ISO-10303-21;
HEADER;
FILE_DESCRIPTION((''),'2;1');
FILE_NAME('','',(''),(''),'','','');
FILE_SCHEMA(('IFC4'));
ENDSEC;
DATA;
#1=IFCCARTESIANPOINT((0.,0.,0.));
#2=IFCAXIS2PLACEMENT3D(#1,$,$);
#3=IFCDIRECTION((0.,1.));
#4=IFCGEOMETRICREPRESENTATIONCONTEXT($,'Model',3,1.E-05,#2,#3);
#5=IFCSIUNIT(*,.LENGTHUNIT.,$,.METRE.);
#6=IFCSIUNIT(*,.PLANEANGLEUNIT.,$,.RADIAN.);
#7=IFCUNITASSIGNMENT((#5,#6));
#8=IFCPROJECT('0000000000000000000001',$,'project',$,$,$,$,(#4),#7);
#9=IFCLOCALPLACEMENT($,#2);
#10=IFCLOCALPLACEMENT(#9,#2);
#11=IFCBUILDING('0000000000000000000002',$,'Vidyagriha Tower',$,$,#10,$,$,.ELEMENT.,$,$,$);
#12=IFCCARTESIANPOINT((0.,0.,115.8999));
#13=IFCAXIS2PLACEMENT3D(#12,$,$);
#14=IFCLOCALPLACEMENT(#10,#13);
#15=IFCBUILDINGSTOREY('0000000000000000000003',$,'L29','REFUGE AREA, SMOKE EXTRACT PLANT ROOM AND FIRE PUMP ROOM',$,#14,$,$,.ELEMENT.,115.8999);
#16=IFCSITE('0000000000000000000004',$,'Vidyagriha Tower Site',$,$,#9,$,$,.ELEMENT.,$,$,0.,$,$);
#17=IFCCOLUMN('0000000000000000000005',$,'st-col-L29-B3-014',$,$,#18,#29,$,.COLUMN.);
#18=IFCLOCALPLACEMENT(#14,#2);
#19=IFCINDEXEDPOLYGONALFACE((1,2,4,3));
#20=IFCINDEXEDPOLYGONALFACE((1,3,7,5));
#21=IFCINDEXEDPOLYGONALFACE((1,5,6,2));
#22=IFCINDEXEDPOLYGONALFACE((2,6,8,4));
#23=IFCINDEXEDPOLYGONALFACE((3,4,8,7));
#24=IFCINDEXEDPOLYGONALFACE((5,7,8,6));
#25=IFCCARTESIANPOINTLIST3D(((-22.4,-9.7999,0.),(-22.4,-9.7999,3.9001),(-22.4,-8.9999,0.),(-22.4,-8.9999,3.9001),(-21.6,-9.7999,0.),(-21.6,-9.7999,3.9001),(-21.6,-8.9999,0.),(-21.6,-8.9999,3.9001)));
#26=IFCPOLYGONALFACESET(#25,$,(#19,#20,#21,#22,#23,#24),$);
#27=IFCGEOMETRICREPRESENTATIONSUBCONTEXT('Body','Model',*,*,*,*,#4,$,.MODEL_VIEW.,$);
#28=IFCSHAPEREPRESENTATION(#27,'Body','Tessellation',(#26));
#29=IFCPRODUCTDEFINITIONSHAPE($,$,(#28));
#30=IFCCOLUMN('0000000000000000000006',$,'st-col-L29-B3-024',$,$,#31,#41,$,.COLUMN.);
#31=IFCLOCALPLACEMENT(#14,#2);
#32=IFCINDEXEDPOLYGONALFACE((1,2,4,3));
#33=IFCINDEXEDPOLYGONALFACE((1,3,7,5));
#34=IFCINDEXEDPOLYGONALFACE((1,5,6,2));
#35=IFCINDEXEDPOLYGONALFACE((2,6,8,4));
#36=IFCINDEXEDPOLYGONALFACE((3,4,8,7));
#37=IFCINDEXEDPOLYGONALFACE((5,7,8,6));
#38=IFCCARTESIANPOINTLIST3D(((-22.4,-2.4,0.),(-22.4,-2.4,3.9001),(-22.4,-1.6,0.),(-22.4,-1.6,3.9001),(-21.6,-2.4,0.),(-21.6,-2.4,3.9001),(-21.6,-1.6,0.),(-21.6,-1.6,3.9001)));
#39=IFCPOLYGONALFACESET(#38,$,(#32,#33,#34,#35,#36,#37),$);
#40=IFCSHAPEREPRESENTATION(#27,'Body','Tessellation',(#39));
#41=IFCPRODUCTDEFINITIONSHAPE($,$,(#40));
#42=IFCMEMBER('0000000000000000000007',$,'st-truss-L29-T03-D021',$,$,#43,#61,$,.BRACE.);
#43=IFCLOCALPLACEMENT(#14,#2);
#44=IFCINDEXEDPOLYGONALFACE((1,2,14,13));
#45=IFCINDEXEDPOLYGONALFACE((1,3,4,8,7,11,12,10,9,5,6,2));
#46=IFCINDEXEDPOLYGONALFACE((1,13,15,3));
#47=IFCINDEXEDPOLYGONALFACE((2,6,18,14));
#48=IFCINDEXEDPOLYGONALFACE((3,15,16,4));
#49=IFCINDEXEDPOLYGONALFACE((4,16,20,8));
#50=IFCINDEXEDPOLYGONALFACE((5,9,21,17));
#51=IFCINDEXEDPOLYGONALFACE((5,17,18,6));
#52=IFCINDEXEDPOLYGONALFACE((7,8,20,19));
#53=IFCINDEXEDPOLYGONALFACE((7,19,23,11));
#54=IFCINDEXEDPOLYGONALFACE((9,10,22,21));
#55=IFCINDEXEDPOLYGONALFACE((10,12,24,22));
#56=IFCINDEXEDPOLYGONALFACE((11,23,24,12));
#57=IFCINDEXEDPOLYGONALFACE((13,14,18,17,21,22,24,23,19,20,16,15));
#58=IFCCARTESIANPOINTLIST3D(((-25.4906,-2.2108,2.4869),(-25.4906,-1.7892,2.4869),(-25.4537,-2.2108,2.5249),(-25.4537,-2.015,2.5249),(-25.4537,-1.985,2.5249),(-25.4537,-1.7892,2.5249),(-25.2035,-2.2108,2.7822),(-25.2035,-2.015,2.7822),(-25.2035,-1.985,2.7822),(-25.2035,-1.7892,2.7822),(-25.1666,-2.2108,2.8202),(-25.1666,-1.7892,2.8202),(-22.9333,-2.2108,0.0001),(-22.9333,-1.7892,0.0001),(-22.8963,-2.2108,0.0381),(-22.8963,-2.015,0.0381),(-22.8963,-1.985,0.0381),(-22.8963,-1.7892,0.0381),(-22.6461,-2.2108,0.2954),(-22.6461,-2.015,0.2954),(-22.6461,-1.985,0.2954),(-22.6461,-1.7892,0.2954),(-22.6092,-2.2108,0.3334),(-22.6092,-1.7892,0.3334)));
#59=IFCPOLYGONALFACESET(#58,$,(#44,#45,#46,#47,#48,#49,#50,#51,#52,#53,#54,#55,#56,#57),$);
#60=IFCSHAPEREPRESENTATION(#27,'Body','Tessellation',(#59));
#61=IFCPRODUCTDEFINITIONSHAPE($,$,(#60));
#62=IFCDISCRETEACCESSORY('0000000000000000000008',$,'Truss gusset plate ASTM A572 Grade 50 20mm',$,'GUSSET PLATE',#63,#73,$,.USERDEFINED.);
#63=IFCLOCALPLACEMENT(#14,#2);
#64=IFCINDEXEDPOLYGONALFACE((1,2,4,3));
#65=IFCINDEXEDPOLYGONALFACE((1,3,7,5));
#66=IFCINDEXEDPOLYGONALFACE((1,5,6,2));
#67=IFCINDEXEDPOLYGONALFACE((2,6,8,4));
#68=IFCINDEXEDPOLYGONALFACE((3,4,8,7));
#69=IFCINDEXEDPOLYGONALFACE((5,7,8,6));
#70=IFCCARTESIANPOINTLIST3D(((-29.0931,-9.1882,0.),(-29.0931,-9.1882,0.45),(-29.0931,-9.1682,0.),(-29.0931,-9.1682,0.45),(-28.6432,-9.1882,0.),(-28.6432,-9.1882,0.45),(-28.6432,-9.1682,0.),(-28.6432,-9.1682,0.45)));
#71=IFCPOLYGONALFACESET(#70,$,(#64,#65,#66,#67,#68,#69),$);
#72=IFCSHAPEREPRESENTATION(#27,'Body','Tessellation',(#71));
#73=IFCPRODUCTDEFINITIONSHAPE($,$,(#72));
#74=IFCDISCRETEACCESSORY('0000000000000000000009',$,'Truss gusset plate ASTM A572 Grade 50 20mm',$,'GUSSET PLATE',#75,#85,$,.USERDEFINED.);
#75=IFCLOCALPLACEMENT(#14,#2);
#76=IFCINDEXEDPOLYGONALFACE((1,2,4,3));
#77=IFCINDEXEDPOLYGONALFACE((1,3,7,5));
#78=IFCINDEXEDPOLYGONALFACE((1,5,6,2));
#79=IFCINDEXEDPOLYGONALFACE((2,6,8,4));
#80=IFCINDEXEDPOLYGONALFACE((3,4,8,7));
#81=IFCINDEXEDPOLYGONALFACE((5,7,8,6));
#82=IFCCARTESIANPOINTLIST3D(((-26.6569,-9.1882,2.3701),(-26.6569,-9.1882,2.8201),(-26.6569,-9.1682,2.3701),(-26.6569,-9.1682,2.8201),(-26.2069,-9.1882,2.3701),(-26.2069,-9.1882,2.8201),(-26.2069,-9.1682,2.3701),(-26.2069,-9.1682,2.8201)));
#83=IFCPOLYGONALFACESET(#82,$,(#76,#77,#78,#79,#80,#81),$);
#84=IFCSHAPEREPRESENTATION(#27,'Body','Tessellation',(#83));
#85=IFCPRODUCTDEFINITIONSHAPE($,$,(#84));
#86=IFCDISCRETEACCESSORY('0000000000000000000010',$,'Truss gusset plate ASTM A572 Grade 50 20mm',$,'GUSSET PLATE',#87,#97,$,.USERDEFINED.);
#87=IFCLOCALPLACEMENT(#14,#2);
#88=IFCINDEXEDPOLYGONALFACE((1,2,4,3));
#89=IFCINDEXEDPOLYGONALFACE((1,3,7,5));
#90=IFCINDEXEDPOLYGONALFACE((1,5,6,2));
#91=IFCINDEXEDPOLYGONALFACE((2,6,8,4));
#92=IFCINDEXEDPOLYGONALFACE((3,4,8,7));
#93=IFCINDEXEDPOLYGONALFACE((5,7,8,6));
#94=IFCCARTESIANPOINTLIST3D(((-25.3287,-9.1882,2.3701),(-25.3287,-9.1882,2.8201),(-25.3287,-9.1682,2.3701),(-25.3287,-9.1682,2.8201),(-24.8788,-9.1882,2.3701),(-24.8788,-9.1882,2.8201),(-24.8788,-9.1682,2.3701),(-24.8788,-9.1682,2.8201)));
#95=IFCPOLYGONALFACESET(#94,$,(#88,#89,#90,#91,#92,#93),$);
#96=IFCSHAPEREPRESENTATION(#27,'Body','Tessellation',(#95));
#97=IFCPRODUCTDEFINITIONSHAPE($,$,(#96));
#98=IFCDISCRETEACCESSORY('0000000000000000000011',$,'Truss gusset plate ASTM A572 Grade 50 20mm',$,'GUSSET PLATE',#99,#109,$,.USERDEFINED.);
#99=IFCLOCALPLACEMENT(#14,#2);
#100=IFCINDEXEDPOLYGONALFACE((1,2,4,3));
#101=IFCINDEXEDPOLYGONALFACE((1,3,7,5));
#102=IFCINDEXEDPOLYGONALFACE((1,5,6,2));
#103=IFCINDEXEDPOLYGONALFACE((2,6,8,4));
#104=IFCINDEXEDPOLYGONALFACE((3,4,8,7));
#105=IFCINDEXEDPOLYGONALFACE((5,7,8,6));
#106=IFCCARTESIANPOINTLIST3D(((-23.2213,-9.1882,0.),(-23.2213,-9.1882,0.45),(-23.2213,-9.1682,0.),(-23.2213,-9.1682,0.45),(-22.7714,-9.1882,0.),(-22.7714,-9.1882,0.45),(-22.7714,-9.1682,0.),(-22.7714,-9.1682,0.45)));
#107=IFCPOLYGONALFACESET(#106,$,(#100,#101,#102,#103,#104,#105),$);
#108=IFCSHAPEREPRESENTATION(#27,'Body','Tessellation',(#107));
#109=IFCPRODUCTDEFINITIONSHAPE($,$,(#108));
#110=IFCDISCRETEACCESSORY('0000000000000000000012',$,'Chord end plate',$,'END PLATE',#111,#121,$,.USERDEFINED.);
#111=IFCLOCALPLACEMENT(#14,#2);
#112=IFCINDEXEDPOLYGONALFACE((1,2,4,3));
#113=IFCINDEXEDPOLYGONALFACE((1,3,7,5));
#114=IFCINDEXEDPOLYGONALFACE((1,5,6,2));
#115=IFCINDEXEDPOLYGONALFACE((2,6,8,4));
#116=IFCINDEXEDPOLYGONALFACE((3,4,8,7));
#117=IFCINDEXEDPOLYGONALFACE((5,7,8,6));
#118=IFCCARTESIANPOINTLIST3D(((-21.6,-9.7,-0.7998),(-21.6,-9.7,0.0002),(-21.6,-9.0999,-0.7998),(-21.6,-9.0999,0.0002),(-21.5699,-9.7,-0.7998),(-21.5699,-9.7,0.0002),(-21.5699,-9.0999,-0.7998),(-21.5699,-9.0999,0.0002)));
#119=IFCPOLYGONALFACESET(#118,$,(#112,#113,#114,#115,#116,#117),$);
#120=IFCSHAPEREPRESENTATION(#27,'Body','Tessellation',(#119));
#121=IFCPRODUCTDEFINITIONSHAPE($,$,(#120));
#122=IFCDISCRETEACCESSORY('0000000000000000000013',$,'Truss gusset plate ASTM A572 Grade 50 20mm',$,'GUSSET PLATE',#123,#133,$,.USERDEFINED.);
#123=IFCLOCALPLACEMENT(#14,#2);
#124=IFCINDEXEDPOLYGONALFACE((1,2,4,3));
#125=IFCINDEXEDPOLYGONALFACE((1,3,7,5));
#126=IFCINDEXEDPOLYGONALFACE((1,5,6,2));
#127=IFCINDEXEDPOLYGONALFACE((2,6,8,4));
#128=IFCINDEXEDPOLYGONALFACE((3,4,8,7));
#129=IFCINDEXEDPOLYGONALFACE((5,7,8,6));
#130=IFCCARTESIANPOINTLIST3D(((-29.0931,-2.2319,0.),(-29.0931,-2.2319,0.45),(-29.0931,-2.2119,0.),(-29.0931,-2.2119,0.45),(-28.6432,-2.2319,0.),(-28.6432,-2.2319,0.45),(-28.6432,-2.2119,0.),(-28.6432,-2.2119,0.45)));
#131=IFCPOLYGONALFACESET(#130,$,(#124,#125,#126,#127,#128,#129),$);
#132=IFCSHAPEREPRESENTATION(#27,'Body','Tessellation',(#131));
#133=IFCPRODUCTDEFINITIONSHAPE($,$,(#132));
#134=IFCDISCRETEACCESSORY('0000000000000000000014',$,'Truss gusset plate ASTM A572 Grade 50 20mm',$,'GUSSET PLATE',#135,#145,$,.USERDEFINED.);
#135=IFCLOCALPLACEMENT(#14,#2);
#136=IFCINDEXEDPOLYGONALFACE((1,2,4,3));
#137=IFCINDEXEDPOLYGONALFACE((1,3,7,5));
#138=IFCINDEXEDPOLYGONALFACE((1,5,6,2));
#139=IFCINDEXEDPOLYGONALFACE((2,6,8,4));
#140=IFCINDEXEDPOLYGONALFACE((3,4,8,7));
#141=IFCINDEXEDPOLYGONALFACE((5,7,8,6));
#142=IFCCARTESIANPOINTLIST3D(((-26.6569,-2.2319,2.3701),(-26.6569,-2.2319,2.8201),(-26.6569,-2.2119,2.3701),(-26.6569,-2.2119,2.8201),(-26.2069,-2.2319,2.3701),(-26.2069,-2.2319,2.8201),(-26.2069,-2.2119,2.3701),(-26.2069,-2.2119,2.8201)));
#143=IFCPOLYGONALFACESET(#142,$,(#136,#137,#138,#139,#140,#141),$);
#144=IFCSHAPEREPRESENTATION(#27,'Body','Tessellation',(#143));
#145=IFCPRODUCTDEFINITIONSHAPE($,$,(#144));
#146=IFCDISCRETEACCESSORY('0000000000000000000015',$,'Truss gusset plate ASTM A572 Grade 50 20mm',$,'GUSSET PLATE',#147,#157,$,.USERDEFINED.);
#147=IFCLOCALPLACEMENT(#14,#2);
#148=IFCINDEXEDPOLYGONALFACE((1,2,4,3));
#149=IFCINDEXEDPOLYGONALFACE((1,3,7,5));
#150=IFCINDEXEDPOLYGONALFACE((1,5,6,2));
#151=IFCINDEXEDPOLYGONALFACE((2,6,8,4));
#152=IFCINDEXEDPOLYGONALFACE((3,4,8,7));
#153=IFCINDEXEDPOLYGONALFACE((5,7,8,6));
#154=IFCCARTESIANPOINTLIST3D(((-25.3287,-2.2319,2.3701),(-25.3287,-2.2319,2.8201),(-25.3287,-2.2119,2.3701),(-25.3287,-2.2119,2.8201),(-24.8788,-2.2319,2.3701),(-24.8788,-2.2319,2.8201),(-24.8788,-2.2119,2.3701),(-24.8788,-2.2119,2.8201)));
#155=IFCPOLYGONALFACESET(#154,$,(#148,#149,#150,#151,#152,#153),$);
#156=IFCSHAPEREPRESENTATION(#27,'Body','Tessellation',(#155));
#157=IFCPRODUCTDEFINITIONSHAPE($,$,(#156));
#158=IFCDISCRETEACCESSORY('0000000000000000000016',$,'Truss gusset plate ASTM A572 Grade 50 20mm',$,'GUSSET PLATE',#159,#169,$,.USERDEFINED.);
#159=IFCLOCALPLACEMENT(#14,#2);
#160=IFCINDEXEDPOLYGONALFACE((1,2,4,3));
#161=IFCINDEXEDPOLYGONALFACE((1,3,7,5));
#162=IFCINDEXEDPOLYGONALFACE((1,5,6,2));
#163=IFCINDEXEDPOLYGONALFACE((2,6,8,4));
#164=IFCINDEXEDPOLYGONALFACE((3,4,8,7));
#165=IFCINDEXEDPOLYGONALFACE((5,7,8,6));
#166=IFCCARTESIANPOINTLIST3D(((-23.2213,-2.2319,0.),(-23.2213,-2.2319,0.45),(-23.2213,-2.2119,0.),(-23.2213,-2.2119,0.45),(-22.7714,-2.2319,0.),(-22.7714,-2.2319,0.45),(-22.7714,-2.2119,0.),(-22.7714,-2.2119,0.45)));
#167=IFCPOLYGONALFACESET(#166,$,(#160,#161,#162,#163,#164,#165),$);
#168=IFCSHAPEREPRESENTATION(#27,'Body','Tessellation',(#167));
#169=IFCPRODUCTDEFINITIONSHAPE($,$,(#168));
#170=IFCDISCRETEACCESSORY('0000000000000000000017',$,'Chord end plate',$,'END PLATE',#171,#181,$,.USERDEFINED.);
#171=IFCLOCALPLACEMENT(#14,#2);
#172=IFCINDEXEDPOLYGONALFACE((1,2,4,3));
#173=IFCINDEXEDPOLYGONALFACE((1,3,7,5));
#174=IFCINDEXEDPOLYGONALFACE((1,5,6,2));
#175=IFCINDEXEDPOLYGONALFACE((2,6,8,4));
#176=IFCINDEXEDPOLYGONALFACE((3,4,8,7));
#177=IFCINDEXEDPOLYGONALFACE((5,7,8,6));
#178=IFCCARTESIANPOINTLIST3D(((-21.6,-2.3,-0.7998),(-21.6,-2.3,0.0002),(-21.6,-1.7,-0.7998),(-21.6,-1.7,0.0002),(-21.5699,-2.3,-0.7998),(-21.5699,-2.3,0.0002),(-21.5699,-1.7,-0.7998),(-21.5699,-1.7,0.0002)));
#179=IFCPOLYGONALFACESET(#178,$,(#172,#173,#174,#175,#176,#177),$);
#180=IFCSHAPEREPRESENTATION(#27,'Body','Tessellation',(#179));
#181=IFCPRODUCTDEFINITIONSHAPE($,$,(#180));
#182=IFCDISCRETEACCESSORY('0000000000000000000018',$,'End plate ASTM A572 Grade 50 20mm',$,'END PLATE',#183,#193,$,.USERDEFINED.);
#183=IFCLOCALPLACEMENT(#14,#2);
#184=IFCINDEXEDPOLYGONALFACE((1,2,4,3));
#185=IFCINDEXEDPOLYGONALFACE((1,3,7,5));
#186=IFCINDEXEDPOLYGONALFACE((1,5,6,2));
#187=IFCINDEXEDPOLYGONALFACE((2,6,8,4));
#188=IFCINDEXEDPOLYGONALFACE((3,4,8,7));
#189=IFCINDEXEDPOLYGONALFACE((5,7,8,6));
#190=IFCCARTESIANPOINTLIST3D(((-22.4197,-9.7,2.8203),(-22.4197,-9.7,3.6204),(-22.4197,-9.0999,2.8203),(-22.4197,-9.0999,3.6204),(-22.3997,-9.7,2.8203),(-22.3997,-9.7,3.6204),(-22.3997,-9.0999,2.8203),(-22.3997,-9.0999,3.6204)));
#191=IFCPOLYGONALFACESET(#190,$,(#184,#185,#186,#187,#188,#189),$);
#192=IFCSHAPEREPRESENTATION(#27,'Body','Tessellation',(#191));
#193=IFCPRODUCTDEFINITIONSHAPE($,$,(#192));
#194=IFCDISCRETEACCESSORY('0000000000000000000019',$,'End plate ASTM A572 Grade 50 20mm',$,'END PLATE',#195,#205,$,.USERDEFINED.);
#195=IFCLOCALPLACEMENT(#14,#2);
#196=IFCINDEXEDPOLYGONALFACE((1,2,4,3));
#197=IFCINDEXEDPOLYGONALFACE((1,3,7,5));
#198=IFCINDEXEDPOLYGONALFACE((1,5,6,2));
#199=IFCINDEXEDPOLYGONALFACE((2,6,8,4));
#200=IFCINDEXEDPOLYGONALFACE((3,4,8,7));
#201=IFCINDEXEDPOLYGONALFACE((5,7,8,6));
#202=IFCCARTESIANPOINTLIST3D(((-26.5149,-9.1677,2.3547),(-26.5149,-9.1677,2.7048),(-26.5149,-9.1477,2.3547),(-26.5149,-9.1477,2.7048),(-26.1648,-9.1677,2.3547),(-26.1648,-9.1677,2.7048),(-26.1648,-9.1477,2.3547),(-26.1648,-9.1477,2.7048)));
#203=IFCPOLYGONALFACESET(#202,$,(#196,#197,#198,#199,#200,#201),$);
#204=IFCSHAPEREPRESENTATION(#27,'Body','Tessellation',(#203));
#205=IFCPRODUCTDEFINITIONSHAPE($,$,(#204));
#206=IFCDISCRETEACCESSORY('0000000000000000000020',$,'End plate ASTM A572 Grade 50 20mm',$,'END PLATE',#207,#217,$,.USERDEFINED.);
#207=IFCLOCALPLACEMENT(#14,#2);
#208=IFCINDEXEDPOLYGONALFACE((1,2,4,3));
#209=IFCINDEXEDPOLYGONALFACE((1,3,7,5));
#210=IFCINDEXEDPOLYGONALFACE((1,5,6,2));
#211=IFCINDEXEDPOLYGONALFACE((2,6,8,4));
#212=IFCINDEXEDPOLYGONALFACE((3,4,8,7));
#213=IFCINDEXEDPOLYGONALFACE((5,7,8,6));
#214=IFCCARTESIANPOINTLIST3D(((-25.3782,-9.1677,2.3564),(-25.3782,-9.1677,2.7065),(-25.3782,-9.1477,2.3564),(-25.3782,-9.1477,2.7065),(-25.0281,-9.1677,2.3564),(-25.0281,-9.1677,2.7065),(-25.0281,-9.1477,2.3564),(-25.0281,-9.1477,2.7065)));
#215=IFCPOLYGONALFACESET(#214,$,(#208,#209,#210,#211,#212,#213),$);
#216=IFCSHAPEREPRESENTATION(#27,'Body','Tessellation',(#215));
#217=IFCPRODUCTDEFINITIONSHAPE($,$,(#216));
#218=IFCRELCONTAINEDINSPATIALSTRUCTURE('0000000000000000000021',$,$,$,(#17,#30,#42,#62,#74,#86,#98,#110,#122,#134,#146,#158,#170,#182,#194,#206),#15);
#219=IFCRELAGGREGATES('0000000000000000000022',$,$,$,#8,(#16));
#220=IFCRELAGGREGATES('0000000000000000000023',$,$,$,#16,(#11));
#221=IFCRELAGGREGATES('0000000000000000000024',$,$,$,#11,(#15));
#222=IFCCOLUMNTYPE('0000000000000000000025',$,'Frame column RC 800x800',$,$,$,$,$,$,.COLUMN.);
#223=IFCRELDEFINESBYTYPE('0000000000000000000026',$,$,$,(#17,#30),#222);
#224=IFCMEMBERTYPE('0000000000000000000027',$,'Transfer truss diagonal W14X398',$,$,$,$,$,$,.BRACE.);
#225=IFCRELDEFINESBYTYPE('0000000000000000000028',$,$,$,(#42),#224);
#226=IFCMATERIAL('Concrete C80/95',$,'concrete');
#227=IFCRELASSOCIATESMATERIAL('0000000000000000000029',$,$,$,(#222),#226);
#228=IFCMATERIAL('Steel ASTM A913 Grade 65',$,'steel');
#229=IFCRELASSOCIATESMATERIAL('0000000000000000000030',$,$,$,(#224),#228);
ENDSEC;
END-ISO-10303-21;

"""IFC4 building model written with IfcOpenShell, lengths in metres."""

from ifc_helpers import new_model, si_unit, direction, frame, origin, origin_2d, place, context, subcontext, project, spatial, rectangle, i_section, extrude, material, material_profile, profile_set, type_object, element, save


model = new_model("IFC4")

# Units and contexts
model_context = context("Model", 3, precision=1e-05, world=origin(), true_north=direction((0.0, 1.0)))
body_context = subcontext(model_context, "Body", "Model", "MODEL_VIEW")
ifc_project = project(units=[si_unit("LENGTHUNIT", "METRE"), si_unit("PLANEANGLEUNIT", "RADIAN")], contexts=[model_context])

# Site, building, storey
site_placement = place(None, origin())
site = spatial("IfcSite", under=ifc_project, at=site_placement, Name="Vidyagriha Tower Site", CompositionType="ELEMENT", RefElevation=0.0)
building_placement = place(site_placement, origin())
building = spatial("IfcBuilding", under=site, at=building_placement, Name="Vidyagriha Tower", CompositionType="ELEMENT")
storey_placement = place(building_placement, frame((0.0, 0.0, 115.8999)))
storey = spatial("IfcBuildingStorey", under=building, at=storey_placement, Name="L29", Description="REFUGE AREA, SMOKE EXTRACT PLANT ROOM AND FIRE PUMP ROOM", CompositionType="ELEMENT", Elevation=115.8999)

# Columns
ifc_material_1 = material(Name="Concrete C80/95", Category="concrete")
ifc_material_profile_1 = material_profile(ifc_material_1, rectangle(XDim=0.8, YDim=0.8, at=origin_2d()), Name="RC 800x800")
ifc_profile_set_1 = profile_set([ifc_material_profile_1], Name="Concrete C80/95")
column_type = type_object("IfcColumnType", Name="Frame column RC 800x800", PredefinedType="COLUMN", material=ifc_profile_set_1)
for number, where, name in (
    (1, (-22.0, -9.3999, 0.0), "st-col-L29-B3-014"),
    (2, (-22.0, -2.0, 0.0), "st-col-L29-B3-024"),
):
    element("IfcColumn", number, at=place(storey_placement, frame(where)), inside=storey, type_object=column_type, Name=name, PredefinedType="COLUMN", context=body_context, shape_type="SweptSolid", body=[
        extrude(rectangle(XDim=0.8, YDim=0.8, at=origin_2d()), origin(), (0.0, 0.0, 1.0), 3.9001),
    ])

# Member
ifc_material_2 = material(Name="Steel ASTM A913 Grade 65", Category="steel")
ifc_material_profile_2 = material_profile(ifc_material_2, i_section(OverallWidth=0.4216, OverallDepth=0.4648, WebThickness=0.03, FlangeThickness=0.053, at=origin_2d()), Name="W14X398")
ifc_profile_set_2 = profile_set([ifc_material_profile_2], Name="Steel ASTM A913 Grade 65")
member_type = type_object("IfcMemberType", Name="Transfer truss diagonal W14X398", PredefinedType="BRACE", material=ifc_profile_set_2)
member_placement = place(storey_placement, frame((-25.3286, -2.0, 2.6536), z_axis=(0.716927, 0.0, -0.697148), x_axis=(0.0, 1.0, 0.0)))
element("IfcMember", 3, at=member_placement, inside=storey, type_object=member_type, Name="st-truss-L29-T03-D021", PredefinedType="BRACE", context=body_context, shape_type="SweptSolid", body=[
    extrude(i_section(OverallWidth=0.4216, OverallDepth=0.4648, WebThickness=0.03, FlangeThickness=0.053, at=origin_2d()), origin(), (0.0, 0.0, 1.0), 3.5671),
])

# Discrete accessories
for number, where, name in (
    (4, (-28.8682, -9.1782, 0.0), "Truss gusset plate ASTM A572 Grade 50 20mm"),
    (5, (-26.4319, -9.1782, 2.3701), "Truss gusset plate ASTM A572 Grade 50 20mm"),
    (6, (-25.1038, -9.1782, 2.3701), "Truss gusset plate ASTM A572 Grade 50 20mm"),
    (7, (-22.9963, -9.1782, 0.0), "Truss gusset plate ASTM A572 Grade 50 20mm"),
):
    element("IfcDiscreteAccessory", number, at=place(storey_placement, frame(where)), inside=storey, Name=name, ObjectType="GUSSET PLATE", PredefinedType="USERDEFINED", context=body_context, shape_type="SweptSolid", body=[
        extrude(rectangle(XDim=0.45, YDim=0.02, at=origin_2d()), origin(), (0.0, 0.0, 1.0), 0.45),
    ])
discrete_accessory_1_placement = place(storey_placement, frame((-21.585, -9.3999, -0.7998)))
element("IfcDiscreteAccessory", 8, at=discrete_accessory_1_placement, inside=storey, Name="Chord end plate", ObjectType="END PLATE", PredefinedType="USERDEFINED", context=body_context, shape_type="SweptSolid", body=[
    extrude(rectangle(XDim=0.03, YDim=0.6001, at=origin_2d()), origin(), (0.0, 0.0, 1.0), 0.8),
])
for number, where, name in (
    (9, (-28.8682, -2.2219, 0.0), "Truss gusset plate ASTM A572 Grade 50 20mm"),
    (10, (-26.4319, -2.2219, 2.3701), "Truss gusset plate ASTM A572 Grade 50 20mm"),
    (11, (-25.1038, -2.2219, 2.3701), "Truss gusset plate ASTM A572 Grade 50 20mm"),
    (12, (-22.9963, -2.2219, 0.0), "Truss gusset plate ASTM A572 Grade 50 20mm"),
):
    element("IfcDiscreteAccessory", number, at=place(storey_placement, frame(where)), inside=storey, Name=name, ObjectType="GUSSET PLATE", PredefinedType="USERDEFINED", context=body_context, shape_type="SweptSolid", body=[
        extrude(rectangle(XDim=0.45, YDim=0.02, at=origin_2d()), origin(), (0.0, 0.0, 1.0), 0.45),
    ])
discrete_accessory_2_placement = place(storey_placement, frame((-21.585, -2.0, -0.7998)))
element("IfcDiscreteAccessory", 13, at=discrete_accessory_2_placement, inside=storey, Name="Chord end plate", ObjectType="END PLATE", PredefinedType="USERDEFINED", context=body_context, shape_type="SweptSolid", body=[
    extrude(rectangle(XDim=0.03, YDim=0.6001, at=origin_2d()), origin(), (0.0, 0.0, 1.0), 0.8),
])
discrete_accessory_3_placement = place(storey_placement, frame((-22.4097, -9.3999, 2.8203)))
element("IfcDiscreteAccessory", 14, at=discrete_accessory_3_placement, inside=storey, Name="End plate ASTM A572 Grade 50 20mm", ObjectType="END PLATE", PredefinedType="USERDEFINED", context=body_context, shape_type="SweptSolid", body=[
    extrude(rectangle(XDim=0.02, YDim=0.6001, at=origin_2d()), origin(), (0.0, 0.0, 1.0), 0.8),
])
discrete_accessory_4_placement = place(storey_placement, frame((-26.3398, -9.1577, 2.3547)))
element("IfcDiscreteAccessory", 15, at=discrete_accessory_4_placement, inside=storey, Name="End plate ASTM A572 Grade 50 20mm", ObjectType="END PLATE", PredefinedType="USERDEFINED", context=body_context, shape_type="SweptSolid", body=[
    extrude(rectangle(XDim=0.3501, YDim=0.02, at=origin_2d()), origin(), (0.0, 0.0, 1.0), 0.3501),
])
discrete_accessory_5_placement = place(storey_placement, frame((-25.2031, -9.1577, 2.3564), z_axis=(0.0, 0.0, 1.0), x_axis=(-1.0, 0.0, 0.0)))
element("IfcDiscreteAccessory", 16, at=discrete_accessory_5_placement, inside=storey, Name="End plate ASTM A572 Grade 50 20mm", ObjectType="END PLATE", PredefinedType="USERDEFINED", context=body_context, shape_type="SweptSolid", body=[
    extrude(rectangle(XDim=0.3501, YDim=0.02, at=origin_2d()), origin(), (0.0, 0.0, 1.0), 0.3501),
])

save(model, "model.ifc")
